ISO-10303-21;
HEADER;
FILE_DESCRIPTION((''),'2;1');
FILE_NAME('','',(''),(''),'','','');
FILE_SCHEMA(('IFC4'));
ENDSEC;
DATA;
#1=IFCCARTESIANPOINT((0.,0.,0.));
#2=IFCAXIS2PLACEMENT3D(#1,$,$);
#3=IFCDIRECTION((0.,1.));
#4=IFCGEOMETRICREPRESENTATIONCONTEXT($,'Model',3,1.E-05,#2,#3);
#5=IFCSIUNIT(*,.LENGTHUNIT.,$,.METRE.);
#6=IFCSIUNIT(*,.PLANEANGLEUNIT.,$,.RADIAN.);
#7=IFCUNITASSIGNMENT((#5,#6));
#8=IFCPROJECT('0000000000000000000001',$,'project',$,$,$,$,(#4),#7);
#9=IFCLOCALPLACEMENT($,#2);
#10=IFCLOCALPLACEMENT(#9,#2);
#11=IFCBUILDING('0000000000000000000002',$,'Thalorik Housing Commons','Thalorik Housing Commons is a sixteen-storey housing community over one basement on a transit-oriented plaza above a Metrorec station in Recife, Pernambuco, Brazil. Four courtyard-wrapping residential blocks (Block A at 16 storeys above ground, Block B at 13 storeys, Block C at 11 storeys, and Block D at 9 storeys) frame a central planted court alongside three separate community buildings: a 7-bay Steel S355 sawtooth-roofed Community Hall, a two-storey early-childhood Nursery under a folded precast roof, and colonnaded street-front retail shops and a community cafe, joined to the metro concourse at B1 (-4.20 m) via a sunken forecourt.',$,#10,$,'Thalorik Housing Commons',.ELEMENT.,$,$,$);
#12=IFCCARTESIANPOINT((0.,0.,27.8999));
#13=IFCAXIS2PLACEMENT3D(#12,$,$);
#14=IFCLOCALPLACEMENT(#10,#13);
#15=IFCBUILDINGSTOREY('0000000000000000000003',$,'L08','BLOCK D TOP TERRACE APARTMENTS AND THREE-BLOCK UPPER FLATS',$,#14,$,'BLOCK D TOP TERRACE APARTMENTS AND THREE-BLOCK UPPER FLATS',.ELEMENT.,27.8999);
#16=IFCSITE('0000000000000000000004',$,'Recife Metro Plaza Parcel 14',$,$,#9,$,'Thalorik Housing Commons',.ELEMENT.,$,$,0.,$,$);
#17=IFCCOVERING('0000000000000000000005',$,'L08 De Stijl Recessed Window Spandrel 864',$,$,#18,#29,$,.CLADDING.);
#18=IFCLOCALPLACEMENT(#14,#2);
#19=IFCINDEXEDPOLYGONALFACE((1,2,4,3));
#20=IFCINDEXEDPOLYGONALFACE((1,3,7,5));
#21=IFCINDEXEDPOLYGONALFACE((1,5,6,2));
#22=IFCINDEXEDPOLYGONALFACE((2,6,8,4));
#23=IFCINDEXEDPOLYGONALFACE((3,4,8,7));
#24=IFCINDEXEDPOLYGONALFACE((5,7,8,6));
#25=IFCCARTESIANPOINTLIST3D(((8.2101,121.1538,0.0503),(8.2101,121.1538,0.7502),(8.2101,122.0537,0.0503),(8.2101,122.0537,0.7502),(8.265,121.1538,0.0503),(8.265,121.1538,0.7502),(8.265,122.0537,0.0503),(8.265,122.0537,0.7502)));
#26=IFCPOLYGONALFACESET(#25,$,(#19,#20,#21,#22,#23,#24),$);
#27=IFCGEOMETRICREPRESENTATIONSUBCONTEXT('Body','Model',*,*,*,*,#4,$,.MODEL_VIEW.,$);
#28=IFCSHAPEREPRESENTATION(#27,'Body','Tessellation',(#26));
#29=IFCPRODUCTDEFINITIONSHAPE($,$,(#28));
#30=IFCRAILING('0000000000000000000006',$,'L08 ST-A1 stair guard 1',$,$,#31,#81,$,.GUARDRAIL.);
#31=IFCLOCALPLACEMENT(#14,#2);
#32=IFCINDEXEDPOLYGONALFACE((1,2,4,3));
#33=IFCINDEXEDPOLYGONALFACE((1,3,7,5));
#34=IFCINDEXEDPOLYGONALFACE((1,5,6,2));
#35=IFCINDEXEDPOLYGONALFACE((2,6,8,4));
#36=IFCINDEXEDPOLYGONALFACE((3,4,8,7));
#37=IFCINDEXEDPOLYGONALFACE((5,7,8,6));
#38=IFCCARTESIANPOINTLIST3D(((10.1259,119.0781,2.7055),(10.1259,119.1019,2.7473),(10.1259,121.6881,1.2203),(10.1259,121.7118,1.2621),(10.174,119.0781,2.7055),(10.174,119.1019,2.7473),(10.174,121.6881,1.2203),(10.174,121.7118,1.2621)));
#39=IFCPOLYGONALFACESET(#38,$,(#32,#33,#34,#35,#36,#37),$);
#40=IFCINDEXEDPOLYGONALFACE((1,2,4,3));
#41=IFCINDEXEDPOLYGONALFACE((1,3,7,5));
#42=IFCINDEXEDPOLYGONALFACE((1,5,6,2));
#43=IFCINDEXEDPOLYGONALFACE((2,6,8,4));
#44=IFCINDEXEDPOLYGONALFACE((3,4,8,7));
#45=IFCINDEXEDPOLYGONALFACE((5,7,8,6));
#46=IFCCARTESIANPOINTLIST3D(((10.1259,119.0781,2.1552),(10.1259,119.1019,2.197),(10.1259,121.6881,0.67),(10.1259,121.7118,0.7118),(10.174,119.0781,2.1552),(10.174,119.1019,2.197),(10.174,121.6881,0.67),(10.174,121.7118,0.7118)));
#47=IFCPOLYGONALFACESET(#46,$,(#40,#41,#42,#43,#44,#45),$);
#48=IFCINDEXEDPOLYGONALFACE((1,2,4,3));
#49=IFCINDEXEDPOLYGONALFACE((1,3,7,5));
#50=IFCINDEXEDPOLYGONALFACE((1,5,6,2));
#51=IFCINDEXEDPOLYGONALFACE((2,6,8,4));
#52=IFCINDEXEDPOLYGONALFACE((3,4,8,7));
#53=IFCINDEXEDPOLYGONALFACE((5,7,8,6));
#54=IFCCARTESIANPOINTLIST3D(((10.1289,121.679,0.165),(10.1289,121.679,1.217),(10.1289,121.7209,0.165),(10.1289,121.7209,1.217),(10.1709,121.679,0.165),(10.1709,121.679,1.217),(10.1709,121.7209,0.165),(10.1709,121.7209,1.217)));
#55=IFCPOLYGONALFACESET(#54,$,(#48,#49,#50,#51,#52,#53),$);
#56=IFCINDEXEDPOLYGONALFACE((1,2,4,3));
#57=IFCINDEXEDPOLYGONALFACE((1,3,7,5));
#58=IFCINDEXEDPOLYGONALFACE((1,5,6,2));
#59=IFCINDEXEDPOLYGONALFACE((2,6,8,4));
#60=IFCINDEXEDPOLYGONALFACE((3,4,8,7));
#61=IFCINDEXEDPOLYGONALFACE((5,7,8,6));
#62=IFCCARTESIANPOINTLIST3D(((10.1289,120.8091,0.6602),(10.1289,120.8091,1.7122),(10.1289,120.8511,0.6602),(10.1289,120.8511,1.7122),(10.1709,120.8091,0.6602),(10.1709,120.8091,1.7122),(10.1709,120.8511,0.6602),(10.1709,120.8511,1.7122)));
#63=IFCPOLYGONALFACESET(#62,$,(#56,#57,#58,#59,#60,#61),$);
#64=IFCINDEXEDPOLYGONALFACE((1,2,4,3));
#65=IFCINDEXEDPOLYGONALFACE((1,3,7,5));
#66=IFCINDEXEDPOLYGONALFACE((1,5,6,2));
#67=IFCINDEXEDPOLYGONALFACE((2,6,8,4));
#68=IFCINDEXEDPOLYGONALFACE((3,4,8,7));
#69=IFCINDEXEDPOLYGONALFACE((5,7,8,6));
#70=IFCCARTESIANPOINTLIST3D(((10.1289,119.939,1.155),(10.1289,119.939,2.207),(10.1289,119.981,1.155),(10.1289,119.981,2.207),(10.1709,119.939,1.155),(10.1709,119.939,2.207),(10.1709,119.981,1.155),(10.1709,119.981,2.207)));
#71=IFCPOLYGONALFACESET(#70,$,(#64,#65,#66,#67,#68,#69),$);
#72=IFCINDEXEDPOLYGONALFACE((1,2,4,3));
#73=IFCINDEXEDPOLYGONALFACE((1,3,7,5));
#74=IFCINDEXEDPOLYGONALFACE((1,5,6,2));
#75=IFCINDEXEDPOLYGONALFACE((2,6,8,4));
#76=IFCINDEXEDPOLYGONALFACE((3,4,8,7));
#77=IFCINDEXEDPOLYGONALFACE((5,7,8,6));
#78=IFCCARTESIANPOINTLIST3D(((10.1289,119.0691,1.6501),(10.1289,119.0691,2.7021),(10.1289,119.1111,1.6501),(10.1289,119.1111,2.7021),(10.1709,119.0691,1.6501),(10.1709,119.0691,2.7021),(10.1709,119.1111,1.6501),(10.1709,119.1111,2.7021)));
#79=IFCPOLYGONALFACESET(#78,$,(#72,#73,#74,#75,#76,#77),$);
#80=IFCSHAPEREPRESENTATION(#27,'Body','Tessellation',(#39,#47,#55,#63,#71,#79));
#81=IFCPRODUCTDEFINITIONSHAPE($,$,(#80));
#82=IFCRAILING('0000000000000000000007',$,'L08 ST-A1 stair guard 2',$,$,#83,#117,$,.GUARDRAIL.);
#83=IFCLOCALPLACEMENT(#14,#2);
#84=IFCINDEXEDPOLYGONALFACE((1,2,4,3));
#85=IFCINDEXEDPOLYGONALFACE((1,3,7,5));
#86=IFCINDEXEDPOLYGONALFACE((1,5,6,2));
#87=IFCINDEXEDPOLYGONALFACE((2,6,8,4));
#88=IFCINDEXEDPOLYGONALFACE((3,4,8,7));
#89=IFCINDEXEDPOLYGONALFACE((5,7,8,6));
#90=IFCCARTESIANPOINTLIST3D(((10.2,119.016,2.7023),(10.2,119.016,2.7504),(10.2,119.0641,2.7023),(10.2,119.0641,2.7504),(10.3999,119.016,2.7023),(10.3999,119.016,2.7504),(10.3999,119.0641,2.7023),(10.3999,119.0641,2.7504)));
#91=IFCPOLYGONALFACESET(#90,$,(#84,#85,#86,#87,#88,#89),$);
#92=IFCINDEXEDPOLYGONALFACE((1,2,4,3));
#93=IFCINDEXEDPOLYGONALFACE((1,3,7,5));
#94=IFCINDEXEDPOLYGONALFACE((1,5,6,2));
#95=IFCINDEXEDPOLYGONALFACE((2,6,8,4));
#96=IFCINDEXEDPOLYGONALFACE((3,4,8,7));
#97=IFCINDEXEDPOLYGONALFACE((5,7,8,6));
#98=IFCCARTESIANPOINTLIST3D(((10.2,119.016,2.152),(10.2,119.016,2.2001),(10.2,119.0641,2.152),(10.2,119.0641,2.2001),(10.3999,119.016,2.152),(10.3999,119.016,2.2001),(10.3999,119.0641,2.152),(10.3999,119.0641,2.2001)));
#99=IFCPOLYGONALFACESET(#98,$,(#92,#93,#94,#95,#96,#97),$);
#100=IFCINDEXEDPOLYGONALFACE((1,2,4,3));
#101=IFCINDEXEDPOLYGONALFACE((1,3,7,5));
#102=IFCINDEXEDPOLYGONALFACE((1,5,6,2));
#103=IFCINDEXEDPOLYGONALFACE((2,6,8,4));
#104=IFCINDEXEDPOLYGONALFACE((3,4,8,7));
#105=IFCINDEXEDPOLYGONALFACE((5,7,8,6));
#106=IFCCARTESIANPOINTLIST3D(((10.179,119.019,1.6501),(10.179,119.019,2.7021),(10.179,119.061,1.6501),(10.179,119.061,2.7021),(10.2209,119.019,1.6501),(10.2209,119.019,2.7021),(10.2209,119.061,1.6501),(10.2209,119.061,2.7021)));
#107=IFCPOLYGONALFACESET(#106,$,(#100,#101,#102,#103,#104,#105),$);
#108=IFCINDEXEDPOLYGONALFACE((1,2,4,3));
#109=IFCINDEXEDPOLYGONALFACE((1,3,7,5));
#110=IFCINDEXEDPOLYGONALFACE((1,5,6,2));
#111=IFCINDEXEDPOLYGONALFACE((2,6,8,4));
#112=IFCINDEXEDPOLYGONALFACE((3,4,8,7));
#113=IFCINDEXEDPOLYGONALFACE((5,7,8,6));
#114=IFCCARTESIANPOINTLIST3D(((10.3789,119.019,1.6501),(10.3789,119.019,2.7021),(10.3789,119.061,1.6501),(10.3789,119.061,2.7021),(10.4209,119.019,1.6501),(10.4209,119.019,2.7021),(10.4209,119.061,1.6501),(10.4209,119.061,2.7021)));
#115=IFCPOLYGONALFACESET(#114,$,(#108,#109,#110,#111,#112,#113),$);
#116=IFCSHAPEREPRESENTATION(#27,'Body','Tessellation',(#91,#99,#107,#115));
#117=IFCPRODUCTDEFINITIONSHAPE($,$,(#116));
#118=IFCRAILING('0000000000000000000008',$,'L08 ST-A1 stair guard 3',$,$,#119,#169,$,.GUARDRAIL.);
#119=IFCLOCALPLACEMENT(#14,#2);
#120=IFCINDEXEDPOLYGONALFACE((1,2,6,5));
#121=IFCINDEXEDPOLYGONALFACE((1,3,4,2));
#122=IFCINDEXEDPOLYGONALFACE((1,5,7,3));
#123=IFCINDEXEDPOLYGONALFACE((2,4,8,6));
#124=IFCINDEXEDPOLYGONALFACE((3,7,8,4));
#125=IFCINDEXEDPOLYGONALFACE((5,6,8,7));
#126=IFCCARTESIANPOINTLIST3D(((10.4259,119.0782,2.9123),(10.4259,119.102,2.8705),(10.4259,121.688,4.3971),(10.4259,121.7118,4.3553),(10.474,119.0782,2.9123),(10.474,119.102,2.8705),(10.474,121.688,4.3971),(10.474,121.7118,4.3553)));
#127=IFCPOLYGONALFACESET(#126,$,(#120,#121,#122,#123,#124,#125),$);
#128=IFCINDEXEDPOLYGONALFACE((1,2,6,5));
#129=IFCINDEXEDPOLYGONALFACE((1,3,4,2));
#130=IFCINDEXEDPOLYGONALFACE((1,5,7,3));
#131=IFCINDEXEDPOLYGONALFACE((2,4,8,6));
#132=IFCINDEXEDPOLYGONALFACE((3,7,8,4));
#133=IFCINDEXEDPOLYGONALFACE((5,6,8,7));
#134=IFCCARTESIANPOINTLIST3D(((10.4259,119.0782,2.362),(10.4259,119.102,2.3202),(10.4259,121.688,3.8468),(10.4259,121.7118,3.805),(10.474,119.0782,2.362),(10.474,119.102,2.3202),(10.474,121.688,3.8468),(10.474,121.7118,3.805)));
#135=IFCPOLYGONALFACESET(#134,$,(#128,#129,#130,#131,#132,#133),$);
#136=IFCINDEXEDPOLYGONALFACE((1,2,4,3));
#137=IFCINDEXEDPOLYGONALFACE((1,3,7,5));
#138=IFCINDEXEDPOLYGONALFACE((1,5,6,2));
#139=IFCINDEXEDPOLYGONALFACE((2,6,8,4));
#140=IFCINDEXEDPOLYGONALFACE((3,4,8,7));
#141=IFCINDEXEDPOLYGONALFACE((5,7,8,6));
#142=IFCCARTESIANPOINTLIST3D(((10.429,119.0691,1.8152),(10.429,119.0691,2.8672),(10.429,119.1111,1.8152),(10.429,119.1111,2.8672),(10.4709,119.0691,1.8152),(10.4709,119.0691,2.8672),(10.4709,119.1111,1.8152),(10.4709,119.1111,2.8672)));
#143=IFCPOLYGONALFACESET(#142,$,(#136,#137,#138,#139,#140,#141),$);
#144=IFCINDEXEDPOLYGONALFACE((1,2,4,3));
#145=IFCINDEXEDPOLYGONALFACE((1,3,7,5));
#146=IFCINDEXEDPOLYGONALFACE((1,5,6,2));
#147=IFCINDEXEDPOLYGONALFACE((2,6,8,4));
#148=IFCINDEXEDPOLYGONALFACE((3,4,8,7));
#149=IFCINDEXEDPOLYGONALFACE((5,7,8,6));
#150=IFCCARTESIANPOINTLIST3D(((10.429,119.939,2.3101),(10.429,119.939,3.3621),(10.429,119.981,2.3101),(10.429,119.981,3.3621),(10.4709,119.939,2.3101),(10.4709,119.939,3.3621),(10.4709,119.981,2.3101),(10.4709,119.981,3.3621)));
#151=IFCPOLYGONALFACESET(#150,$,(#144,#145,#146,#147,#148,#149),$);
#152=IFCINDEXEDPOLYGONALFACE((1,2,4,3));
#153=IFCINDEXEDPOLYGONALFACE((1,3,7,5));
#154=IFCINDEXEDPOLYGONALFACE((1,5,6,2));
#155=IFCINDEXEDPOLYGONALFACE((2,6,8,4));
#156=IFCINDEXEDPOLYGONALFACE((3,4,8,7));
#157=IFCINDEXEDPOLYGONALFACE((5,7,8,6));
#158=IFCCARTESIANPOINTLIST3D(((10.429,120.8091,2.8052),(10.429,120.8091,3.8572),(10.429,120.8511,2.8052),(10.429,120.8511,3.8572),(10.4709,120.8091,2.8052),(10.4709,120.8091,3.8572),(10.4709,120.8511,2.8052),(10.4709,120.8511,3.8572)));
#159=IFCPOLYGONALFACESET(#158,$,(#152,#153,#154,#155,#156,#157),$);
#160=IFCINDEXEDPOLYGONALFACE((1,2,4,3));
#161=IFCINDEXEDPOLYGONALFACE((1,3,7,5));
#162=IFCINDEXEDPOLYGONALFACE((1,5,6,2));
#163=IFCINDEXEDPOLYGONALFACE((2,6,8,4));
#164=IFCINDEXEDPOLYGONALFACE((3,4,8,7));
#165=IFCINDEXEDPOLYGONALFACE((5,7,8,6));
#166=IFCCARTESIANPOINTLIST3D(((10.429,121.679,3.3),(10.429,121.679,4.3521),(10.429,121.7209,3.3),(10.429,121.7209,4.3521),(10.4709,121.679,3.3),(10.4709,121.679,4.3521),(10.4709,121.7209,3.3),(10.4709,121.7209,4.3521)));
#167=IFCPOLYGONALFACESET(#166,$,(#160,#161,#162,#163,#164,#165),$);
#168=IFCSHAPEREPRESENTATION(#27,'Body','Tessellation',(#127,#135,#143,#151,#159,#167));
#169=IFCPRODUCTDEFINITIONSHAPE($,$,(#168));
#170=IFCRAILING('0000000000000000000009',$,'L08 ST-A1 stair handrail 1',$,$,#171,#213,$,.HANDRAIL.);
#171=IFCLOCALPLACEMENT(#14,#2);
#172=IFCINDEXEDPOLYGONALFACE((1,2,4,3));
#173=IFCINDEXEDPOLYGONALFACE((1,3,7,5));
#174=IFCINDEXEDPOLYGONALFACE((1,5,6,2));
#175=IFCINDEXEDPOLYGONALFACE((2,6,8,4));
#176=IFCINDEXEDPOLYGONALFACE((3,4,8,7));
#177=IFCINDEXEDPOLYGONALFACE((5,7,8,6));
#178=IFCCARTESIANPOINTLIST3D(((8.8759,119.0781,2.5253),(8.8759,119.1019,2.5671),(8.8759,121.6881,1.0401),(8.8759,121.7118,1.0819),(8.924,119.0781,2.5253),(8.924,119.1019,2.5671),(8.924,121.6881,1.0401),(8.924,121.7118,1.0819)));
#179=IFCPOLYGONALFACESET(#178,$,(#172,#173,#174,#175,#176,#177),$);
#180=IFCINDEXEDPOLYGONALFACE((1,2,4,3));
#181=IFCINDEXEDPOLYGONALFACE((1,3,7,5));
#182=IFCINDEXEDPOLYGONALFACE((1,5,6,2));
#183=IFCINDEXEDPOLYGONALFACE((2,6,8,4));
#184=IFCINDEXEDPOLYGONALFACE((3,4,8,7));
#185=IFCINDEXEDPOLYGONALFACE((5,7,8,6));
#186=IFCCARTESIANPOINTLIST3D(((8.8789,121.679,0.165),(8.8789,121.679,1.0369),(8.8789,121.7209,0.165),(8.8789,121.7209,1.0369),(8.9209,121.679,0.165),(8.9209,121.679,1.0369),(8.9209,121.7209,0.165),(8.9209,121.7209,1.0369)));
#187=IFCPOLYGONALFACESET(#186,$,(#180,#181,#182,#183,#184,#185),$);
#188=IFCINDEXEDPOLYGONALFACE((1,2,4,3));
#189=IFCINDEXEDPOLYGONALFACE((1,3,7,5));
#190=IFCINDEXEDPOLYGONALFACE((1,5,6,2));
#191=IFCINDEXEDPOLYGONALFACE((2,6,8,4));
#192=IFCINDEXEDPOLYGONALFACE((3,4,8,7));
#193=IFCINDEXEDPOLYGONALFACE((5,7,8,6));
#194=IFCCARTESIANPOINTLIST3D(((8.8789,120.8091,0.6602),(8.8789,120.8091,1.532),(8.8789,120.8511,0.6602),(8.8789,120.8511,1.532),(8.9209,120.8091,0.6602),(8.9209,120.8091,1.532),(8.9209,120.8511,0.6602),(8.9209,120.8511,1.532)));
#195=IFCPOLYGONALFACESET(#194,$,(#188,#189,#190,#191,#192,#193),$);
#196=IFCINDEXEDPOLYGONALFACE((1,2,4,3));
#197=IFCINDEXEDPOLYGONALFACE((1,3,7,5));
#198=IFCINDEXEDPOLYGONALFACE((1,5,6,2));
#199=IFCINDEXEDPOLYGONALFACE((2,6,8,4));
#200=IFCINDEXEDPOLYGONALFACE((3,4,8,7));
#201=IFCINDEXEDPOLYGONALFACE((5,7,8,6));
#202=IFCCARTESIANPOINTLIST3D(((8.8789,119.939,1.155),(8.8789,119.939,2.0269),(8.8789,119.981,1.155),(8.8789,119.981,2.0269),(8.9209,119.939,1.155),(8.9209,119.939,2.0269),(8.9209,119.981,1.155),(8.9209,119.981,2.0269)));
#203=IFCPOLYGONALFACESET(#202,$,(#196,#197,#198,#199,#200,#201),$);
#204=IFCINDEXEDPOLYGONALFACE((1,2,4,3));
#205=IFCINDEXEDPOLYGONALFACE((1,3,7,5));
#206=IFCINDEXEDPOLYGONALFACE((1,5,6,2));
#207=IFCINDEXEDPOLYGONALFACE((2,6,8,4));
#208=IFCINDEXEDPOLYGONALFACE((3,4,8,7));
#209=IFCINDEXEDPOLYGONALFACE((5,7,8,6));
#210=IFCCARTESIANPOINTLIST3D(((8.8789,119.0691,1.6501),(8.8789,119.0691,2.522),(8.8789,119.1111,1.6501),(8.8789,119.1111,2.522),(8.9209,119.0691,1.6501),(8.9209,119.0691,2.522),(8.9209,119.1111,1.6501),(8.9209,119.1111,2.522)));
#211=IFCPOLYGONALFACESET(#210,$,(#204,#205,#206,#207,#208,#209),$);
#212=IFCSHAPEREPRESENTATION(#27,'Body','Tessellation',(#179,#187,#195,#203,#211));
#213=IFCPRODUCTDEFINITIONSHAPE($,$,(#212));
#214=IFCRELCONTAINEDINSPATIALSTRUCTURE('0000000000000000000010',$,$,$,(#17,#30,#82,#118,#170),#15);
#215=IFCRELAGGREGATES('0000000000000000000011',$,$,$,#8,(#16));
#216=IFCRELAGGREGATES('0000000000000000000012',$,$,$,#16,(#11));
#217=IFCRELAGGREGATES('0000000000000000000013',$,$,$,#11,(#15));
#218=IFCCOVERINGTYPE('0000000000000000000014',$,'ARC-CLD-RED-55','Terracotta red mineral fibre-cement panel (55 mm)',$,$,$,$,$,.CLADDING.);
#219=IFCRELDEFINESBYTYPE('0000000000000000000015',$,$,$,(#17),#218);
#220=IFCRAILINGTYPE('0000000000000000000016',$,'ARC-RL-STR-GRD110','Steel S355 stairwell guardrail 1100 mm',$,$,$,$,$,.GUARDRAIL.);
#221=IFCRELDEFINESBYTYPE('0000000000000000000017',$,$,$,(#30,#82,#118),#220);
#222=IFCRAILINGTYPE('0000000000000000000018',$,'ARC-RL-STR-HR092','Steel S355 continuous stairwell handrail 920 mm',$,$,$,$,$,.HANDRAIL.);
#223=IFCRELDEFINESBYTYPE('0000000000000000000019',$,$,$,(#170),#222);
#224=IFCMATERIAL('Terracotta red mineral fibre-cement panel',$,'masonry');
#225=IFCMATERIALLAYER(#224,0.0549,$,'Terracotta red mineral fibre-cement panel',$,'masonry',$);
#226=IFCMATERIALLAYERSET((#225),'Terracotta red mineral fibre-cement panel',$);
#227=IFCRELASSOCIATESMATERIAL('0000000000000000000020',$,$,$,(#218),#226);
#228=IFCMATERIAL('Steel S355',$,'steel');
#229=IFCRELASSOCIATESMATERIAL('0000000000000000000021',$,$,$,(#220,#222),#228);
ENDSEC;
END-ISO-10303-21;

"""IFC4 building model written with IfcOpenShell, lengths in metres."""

from ifc_helpers import new_model, si_unit, direction, frame, origin, origin_2d, place, context, subcontext, project, spatial, rectangle, extrude, material, layer, layer_set, type_object, element, save


model = new_model("IFC4")

# Units and contexts
model_context = context("Model", 3, precision=1e-05, world=origin(), true_north=direction((0.0, 1.0)))
body_context = subcontext(model_context, "Body", "Model", "MODEL_VIEW")
ifc_project = project(units=[si_unit("LENGTHUNIT", "METRE"), si_unit("PLANEANGLEUNIT", "RADIAN")], contexts=[model_context])

# Site, building, storey
site_placement = place(None, origin())
site = spatial("IfcSite", under=ifc_project, at=site_placement, Name="Recife Metro Plaza Parcel 14", LongName="Thalorik Housing Commons", CompositionType="ELEMENT", RefElevation=0.0)
building_placement = place(site_placement, origin())
building = spatial("IfcBuilding", under=site, at=building_placement, Name="Thalorik Housing Commons", Description="Thalorik Housing Commons is a sixteen-storey housing community over one basement on a transit-oriented plaza above a Metrorec station in Recife, Pernambuco, Brazil. Four courtyard-wrapping residential blocks (Block A at 16 storeys above ground, Block B at 13 storeys, Block C at 11 storeys, and Block D at 9 storeys) frame a central planted court alongside three separate community buildings: a 7-bay Steel S355 sawtooth-roofed Community Hall, a two-storey early-childhood Nursery under a folded precast roof, and colonnaded street-front retail shops and a community cafe, joined to the metro concourse at B1 (-4.20 m) via a sunken forecourt.", LongName="Thalorik Housing Commons", CompositionType="ELEMENT")
storey_placement = place(building_placement, frame((0.0, 0.0, 27.8999)))
storey = spatial("IfcBuildingStorey", under=building, at=storey_placement, Name="L08", Description="BLOCK D TOP TERRACE APARTMENTS AND THREE-BLOCK UPPER FLATS", LongName="BLOCK D TOP TERRACE APARTMENTS AND THREE-BLOCK UPPER FLATS", CompositionType="ELEMENT", Elevation=27.8999)

# Shared definitions
ifc_material_1 = material(Name="Steel S355", Category="steel")

# Covering
ifc_material_2 = material(Name="Terracotta red mineral fibre-cement panel", Category="masonry")
ifc_layer_1 = layer(ifc_material_2, 0.0549, Name="Terracotta red mineral fibre-cement panel", Category="masonry")
ifc_layer_set_1 = layer_set([ifc_layer_1], Name="Terracotta red mineral fibre-cement panel")
covering_type_1 = type_object("IfcCoveringType", Name="ARC-CLD-RED-55", Description="Terracotta red mineral fibre-cement panel (55 mm)", PredefinedType="CLADDING", material=ifc_layer_set_1)
covering_1_placement = place(storey_placement, frame((8.2375, 121.6038, 0.0503), z_axis=(0.0, 0.0, 1.0), x_axis=(0.0, -1.0, 0.0)))
element("IfcCovering", 1, at=covering_1_placement, inside=storey, type_object=covering_type_1, Name="L08 De Stijl Recessed Window Spandrel 864", PredefinedType="CLADDING", context=body_context, shape_type="SweptSolid", body=[
    extrude(rectangle(XDim=0.8999, YDim=0.0549, at=origin_2d()), origin(), (0.0, 0.0, 1.0), 0.7),
])

# Railings
railing_type_1 = type_object("IfcRailingType", Name="ARC-RL-STR-GRD110", Description="Steel S355 stairwell guardrail 1100 mm", PredefinedType="GUARDRAIL", material=ifc_material_1)
railing_1_placement = place(storey_placement, frame((10.1499, 121.7, 0.165)))
element("IfcRailing", 2, at=railing_1_placement, inside=storey, type_object=railing_type_1, Name="L08 ST-A1 stair guard 1", PredefinedType="GUARDRAIL", context=body_context, shape_type="SweptSolid", body=[
    extrude(rectangle(XDim=0.0481, YDim=0.0481, at=origin_2d()), frame((0.0, 0.0, 1.0762), z_axis=(0.0, -0.869137, 0.494571), x_axis=(1.0, 0.0, 0.0)), (0.0, 0.0, 1.0), 3.0029),
    extrude(rectangle(XDim=0.0481, YDim=0.0481, at=origin_2d()), frame((0.0, 0.0, 0.5259), z_axis=(0.0, -0.869137, 0.494571), x_axis=(1.0, 0.0, 0.0)), (0.0, 0.0, 1.0), 3.0029),
    extrude(rectangle(XDim=0.042, YDim=0.042, at=origin_2d()), origin(), (0.0, 0.0, 1.0), 1.052),
    extrude(rectangle(XDim=0.042, YDim=0.042, at=origin_2d()), frame((0.0, -0.8699, 0.4951)), (0.0, 0.0, 1.0), 1.052),
    extrude(rectangle(XDim=0.042, YDim=0.042, at=origin_2d()), frame((0.0, -1.74, 0.99)), (0.0, 0.0, 1.0), 1.052),
    extrude(rectangle(XDim=0.042, YDim=0.042, at=origin_2d()), frame((0.0, -2.6099, 1.4851)), (0.0, 0.0, 1.0), 1.052),
])
railing_2_placement = place(storey_placement, frame((10.2, 119.04, 1.6501)))
element("IfcRailing", 3, at=railing_2_placement, inside=storey, type_object=railing_type_1, Name="L08 ST-A1 stair guard 2", PredefinedType="GUARDRAIL", context=body_context, shape_type="SweptSolid", body=[
    extrude(rectangle(XDim=0.0481, YDim=0.0481, at=origin_2d()), frame((0.0, 0.0, 1.0762), z_axis=(1.0, 0.0, 0.0), x_axis=(0.0, 1.0, 0.0)), (0.0, 0.0, 1.0), 0.2),
    extrude(rectangle(XDim=0.0481, YDim=0.0481, at=origin_2d()), frame((0.0, 0.0, 0.5259), z_axis=(1.0, 0.0, 0.0), x_axis=(0.0, 1.0, 0.0)), (0.0, 0.0, 1.0), 0.2),
    extrude(rectangle(XDim=0.042, YDim=0.042, at=origin_2d()), origin(), (0.0, 0.0, 1.0), 1.052),
    extrude(rectangle(XDim=0.042, YDim=0.042, at=origin_2d()), frame((0.2, 0.0, 0.0)), (0.0, 0.0, 1.0), 1.052),
])
railing_3_placement = place(storey_placement, frame((10.45, 119.0901, 1.8152)))
element("IfcRailing", 4, at=railing_3_placement, inside=storey, type_object=railing_type_1, Name="L08 ST-A1 stair guard 3", PredefinedType="GUARDRAIL", context=body_context, shape_type="SweptSolid", body=[
    extrude(rectangle(XDim=0.0481, YDim=0.0481, at=origin_2d()), frame((0.0, 0.0, 1.0762), z_axis=(0.0, 0.869172, 0.494509), x_axis=(-1.0, 0.0, 0.0)), (0.0, 0.0, 1.0), 3.0027),
    extrude(rectangle(XDim=0.0481, YDim=0.0481, at=origin_2d()), frame((0.0, 0.0, 0.5259), z_axis=(0.0, 0.869172, 0.494509), x_axis=(-1.0, 0.0, 0.0)), (0.0, 0.0, 1.0), 3.0027),
    extrude(rectangle(XDim=0.042, YDim=0.042, at=origin_2d()), origin(), (0.0, 0.0, 1.0), 1.052),
    extrude(rectangle(XDim=0.042, YDim=0.042, at=origin_2d()), frame((0.0, 0.8699, 0.4949)), (0.0, 0.0, 1.0), 1.052),
    extrude(rectangle(XDim=0.042, YDim=0.042, at=origin_2d()), frame((0.0, 1.74, 0.99)), (0.0, 0.0, 1.0), 1.052),
    extrude(rectangle(XDim=0.042, YDim=0.042, at=origin_2d()), frame((0.0, 2.6099, 1.4849)), (0.0, 0.0, 1.0), 1.052),
])
railing_type_2 = type_object("IfcRailingType", Name="ARC-RL-STR-HR092", Description="Steel S355 continuous stairwell handrail 920 mm", PredefinedType="HANDRAIL", material=ifc_material_1)
railing_4_placement = place(storey_placement, frame((8.8999, 121.7, 0.165)))
element("IfcRailing", 5, at=railing_4_placement, inside=storey, type_object=railing_type_2, Name="L08 ST-A1 stair handrail 1", PredefinedType="HANDRAIL", context=body_context, shape_type="SweptSolid", body=[
    extrude(rectangle(XDim=0.0481, YDim=0.0481, at=origin_2d()), frame((0.0, 0.0, 0.896), z_axis=(0.0, -0.869137, 0.494571), x_axis=(1.0, 0.0, 0.0)), (0.0, 0.0, 1.0), 3.0029),
    extrude(rectangle(XDim=0.042, YDim=0.042, at=origin_2d()), origin(), (0.0, 0.0, 1.0), 0.8718),
    extrude(rectangle(XDim=0.042, YDim=0.042, at=origin_2d()), frame((0.0, -0.8699, 0.4951)), (0.0, 0.0, 1.0), 0.8718),
    extrude(rectangle(XDim=0.042, YDim=0.042, at=origin_2d()), frame((0.0, -1.74, 0.99)), (0.0, 0.0, 1.0), 0.8718),
    extrude(rectangle(XDim=0.042, YDim=0.042, at=origin_2d()), frame((0.0, -2.6099, 1.4851)), (0.0, 0.0, 1.0), 0.8718),
])

save(model, "model.ifc")
